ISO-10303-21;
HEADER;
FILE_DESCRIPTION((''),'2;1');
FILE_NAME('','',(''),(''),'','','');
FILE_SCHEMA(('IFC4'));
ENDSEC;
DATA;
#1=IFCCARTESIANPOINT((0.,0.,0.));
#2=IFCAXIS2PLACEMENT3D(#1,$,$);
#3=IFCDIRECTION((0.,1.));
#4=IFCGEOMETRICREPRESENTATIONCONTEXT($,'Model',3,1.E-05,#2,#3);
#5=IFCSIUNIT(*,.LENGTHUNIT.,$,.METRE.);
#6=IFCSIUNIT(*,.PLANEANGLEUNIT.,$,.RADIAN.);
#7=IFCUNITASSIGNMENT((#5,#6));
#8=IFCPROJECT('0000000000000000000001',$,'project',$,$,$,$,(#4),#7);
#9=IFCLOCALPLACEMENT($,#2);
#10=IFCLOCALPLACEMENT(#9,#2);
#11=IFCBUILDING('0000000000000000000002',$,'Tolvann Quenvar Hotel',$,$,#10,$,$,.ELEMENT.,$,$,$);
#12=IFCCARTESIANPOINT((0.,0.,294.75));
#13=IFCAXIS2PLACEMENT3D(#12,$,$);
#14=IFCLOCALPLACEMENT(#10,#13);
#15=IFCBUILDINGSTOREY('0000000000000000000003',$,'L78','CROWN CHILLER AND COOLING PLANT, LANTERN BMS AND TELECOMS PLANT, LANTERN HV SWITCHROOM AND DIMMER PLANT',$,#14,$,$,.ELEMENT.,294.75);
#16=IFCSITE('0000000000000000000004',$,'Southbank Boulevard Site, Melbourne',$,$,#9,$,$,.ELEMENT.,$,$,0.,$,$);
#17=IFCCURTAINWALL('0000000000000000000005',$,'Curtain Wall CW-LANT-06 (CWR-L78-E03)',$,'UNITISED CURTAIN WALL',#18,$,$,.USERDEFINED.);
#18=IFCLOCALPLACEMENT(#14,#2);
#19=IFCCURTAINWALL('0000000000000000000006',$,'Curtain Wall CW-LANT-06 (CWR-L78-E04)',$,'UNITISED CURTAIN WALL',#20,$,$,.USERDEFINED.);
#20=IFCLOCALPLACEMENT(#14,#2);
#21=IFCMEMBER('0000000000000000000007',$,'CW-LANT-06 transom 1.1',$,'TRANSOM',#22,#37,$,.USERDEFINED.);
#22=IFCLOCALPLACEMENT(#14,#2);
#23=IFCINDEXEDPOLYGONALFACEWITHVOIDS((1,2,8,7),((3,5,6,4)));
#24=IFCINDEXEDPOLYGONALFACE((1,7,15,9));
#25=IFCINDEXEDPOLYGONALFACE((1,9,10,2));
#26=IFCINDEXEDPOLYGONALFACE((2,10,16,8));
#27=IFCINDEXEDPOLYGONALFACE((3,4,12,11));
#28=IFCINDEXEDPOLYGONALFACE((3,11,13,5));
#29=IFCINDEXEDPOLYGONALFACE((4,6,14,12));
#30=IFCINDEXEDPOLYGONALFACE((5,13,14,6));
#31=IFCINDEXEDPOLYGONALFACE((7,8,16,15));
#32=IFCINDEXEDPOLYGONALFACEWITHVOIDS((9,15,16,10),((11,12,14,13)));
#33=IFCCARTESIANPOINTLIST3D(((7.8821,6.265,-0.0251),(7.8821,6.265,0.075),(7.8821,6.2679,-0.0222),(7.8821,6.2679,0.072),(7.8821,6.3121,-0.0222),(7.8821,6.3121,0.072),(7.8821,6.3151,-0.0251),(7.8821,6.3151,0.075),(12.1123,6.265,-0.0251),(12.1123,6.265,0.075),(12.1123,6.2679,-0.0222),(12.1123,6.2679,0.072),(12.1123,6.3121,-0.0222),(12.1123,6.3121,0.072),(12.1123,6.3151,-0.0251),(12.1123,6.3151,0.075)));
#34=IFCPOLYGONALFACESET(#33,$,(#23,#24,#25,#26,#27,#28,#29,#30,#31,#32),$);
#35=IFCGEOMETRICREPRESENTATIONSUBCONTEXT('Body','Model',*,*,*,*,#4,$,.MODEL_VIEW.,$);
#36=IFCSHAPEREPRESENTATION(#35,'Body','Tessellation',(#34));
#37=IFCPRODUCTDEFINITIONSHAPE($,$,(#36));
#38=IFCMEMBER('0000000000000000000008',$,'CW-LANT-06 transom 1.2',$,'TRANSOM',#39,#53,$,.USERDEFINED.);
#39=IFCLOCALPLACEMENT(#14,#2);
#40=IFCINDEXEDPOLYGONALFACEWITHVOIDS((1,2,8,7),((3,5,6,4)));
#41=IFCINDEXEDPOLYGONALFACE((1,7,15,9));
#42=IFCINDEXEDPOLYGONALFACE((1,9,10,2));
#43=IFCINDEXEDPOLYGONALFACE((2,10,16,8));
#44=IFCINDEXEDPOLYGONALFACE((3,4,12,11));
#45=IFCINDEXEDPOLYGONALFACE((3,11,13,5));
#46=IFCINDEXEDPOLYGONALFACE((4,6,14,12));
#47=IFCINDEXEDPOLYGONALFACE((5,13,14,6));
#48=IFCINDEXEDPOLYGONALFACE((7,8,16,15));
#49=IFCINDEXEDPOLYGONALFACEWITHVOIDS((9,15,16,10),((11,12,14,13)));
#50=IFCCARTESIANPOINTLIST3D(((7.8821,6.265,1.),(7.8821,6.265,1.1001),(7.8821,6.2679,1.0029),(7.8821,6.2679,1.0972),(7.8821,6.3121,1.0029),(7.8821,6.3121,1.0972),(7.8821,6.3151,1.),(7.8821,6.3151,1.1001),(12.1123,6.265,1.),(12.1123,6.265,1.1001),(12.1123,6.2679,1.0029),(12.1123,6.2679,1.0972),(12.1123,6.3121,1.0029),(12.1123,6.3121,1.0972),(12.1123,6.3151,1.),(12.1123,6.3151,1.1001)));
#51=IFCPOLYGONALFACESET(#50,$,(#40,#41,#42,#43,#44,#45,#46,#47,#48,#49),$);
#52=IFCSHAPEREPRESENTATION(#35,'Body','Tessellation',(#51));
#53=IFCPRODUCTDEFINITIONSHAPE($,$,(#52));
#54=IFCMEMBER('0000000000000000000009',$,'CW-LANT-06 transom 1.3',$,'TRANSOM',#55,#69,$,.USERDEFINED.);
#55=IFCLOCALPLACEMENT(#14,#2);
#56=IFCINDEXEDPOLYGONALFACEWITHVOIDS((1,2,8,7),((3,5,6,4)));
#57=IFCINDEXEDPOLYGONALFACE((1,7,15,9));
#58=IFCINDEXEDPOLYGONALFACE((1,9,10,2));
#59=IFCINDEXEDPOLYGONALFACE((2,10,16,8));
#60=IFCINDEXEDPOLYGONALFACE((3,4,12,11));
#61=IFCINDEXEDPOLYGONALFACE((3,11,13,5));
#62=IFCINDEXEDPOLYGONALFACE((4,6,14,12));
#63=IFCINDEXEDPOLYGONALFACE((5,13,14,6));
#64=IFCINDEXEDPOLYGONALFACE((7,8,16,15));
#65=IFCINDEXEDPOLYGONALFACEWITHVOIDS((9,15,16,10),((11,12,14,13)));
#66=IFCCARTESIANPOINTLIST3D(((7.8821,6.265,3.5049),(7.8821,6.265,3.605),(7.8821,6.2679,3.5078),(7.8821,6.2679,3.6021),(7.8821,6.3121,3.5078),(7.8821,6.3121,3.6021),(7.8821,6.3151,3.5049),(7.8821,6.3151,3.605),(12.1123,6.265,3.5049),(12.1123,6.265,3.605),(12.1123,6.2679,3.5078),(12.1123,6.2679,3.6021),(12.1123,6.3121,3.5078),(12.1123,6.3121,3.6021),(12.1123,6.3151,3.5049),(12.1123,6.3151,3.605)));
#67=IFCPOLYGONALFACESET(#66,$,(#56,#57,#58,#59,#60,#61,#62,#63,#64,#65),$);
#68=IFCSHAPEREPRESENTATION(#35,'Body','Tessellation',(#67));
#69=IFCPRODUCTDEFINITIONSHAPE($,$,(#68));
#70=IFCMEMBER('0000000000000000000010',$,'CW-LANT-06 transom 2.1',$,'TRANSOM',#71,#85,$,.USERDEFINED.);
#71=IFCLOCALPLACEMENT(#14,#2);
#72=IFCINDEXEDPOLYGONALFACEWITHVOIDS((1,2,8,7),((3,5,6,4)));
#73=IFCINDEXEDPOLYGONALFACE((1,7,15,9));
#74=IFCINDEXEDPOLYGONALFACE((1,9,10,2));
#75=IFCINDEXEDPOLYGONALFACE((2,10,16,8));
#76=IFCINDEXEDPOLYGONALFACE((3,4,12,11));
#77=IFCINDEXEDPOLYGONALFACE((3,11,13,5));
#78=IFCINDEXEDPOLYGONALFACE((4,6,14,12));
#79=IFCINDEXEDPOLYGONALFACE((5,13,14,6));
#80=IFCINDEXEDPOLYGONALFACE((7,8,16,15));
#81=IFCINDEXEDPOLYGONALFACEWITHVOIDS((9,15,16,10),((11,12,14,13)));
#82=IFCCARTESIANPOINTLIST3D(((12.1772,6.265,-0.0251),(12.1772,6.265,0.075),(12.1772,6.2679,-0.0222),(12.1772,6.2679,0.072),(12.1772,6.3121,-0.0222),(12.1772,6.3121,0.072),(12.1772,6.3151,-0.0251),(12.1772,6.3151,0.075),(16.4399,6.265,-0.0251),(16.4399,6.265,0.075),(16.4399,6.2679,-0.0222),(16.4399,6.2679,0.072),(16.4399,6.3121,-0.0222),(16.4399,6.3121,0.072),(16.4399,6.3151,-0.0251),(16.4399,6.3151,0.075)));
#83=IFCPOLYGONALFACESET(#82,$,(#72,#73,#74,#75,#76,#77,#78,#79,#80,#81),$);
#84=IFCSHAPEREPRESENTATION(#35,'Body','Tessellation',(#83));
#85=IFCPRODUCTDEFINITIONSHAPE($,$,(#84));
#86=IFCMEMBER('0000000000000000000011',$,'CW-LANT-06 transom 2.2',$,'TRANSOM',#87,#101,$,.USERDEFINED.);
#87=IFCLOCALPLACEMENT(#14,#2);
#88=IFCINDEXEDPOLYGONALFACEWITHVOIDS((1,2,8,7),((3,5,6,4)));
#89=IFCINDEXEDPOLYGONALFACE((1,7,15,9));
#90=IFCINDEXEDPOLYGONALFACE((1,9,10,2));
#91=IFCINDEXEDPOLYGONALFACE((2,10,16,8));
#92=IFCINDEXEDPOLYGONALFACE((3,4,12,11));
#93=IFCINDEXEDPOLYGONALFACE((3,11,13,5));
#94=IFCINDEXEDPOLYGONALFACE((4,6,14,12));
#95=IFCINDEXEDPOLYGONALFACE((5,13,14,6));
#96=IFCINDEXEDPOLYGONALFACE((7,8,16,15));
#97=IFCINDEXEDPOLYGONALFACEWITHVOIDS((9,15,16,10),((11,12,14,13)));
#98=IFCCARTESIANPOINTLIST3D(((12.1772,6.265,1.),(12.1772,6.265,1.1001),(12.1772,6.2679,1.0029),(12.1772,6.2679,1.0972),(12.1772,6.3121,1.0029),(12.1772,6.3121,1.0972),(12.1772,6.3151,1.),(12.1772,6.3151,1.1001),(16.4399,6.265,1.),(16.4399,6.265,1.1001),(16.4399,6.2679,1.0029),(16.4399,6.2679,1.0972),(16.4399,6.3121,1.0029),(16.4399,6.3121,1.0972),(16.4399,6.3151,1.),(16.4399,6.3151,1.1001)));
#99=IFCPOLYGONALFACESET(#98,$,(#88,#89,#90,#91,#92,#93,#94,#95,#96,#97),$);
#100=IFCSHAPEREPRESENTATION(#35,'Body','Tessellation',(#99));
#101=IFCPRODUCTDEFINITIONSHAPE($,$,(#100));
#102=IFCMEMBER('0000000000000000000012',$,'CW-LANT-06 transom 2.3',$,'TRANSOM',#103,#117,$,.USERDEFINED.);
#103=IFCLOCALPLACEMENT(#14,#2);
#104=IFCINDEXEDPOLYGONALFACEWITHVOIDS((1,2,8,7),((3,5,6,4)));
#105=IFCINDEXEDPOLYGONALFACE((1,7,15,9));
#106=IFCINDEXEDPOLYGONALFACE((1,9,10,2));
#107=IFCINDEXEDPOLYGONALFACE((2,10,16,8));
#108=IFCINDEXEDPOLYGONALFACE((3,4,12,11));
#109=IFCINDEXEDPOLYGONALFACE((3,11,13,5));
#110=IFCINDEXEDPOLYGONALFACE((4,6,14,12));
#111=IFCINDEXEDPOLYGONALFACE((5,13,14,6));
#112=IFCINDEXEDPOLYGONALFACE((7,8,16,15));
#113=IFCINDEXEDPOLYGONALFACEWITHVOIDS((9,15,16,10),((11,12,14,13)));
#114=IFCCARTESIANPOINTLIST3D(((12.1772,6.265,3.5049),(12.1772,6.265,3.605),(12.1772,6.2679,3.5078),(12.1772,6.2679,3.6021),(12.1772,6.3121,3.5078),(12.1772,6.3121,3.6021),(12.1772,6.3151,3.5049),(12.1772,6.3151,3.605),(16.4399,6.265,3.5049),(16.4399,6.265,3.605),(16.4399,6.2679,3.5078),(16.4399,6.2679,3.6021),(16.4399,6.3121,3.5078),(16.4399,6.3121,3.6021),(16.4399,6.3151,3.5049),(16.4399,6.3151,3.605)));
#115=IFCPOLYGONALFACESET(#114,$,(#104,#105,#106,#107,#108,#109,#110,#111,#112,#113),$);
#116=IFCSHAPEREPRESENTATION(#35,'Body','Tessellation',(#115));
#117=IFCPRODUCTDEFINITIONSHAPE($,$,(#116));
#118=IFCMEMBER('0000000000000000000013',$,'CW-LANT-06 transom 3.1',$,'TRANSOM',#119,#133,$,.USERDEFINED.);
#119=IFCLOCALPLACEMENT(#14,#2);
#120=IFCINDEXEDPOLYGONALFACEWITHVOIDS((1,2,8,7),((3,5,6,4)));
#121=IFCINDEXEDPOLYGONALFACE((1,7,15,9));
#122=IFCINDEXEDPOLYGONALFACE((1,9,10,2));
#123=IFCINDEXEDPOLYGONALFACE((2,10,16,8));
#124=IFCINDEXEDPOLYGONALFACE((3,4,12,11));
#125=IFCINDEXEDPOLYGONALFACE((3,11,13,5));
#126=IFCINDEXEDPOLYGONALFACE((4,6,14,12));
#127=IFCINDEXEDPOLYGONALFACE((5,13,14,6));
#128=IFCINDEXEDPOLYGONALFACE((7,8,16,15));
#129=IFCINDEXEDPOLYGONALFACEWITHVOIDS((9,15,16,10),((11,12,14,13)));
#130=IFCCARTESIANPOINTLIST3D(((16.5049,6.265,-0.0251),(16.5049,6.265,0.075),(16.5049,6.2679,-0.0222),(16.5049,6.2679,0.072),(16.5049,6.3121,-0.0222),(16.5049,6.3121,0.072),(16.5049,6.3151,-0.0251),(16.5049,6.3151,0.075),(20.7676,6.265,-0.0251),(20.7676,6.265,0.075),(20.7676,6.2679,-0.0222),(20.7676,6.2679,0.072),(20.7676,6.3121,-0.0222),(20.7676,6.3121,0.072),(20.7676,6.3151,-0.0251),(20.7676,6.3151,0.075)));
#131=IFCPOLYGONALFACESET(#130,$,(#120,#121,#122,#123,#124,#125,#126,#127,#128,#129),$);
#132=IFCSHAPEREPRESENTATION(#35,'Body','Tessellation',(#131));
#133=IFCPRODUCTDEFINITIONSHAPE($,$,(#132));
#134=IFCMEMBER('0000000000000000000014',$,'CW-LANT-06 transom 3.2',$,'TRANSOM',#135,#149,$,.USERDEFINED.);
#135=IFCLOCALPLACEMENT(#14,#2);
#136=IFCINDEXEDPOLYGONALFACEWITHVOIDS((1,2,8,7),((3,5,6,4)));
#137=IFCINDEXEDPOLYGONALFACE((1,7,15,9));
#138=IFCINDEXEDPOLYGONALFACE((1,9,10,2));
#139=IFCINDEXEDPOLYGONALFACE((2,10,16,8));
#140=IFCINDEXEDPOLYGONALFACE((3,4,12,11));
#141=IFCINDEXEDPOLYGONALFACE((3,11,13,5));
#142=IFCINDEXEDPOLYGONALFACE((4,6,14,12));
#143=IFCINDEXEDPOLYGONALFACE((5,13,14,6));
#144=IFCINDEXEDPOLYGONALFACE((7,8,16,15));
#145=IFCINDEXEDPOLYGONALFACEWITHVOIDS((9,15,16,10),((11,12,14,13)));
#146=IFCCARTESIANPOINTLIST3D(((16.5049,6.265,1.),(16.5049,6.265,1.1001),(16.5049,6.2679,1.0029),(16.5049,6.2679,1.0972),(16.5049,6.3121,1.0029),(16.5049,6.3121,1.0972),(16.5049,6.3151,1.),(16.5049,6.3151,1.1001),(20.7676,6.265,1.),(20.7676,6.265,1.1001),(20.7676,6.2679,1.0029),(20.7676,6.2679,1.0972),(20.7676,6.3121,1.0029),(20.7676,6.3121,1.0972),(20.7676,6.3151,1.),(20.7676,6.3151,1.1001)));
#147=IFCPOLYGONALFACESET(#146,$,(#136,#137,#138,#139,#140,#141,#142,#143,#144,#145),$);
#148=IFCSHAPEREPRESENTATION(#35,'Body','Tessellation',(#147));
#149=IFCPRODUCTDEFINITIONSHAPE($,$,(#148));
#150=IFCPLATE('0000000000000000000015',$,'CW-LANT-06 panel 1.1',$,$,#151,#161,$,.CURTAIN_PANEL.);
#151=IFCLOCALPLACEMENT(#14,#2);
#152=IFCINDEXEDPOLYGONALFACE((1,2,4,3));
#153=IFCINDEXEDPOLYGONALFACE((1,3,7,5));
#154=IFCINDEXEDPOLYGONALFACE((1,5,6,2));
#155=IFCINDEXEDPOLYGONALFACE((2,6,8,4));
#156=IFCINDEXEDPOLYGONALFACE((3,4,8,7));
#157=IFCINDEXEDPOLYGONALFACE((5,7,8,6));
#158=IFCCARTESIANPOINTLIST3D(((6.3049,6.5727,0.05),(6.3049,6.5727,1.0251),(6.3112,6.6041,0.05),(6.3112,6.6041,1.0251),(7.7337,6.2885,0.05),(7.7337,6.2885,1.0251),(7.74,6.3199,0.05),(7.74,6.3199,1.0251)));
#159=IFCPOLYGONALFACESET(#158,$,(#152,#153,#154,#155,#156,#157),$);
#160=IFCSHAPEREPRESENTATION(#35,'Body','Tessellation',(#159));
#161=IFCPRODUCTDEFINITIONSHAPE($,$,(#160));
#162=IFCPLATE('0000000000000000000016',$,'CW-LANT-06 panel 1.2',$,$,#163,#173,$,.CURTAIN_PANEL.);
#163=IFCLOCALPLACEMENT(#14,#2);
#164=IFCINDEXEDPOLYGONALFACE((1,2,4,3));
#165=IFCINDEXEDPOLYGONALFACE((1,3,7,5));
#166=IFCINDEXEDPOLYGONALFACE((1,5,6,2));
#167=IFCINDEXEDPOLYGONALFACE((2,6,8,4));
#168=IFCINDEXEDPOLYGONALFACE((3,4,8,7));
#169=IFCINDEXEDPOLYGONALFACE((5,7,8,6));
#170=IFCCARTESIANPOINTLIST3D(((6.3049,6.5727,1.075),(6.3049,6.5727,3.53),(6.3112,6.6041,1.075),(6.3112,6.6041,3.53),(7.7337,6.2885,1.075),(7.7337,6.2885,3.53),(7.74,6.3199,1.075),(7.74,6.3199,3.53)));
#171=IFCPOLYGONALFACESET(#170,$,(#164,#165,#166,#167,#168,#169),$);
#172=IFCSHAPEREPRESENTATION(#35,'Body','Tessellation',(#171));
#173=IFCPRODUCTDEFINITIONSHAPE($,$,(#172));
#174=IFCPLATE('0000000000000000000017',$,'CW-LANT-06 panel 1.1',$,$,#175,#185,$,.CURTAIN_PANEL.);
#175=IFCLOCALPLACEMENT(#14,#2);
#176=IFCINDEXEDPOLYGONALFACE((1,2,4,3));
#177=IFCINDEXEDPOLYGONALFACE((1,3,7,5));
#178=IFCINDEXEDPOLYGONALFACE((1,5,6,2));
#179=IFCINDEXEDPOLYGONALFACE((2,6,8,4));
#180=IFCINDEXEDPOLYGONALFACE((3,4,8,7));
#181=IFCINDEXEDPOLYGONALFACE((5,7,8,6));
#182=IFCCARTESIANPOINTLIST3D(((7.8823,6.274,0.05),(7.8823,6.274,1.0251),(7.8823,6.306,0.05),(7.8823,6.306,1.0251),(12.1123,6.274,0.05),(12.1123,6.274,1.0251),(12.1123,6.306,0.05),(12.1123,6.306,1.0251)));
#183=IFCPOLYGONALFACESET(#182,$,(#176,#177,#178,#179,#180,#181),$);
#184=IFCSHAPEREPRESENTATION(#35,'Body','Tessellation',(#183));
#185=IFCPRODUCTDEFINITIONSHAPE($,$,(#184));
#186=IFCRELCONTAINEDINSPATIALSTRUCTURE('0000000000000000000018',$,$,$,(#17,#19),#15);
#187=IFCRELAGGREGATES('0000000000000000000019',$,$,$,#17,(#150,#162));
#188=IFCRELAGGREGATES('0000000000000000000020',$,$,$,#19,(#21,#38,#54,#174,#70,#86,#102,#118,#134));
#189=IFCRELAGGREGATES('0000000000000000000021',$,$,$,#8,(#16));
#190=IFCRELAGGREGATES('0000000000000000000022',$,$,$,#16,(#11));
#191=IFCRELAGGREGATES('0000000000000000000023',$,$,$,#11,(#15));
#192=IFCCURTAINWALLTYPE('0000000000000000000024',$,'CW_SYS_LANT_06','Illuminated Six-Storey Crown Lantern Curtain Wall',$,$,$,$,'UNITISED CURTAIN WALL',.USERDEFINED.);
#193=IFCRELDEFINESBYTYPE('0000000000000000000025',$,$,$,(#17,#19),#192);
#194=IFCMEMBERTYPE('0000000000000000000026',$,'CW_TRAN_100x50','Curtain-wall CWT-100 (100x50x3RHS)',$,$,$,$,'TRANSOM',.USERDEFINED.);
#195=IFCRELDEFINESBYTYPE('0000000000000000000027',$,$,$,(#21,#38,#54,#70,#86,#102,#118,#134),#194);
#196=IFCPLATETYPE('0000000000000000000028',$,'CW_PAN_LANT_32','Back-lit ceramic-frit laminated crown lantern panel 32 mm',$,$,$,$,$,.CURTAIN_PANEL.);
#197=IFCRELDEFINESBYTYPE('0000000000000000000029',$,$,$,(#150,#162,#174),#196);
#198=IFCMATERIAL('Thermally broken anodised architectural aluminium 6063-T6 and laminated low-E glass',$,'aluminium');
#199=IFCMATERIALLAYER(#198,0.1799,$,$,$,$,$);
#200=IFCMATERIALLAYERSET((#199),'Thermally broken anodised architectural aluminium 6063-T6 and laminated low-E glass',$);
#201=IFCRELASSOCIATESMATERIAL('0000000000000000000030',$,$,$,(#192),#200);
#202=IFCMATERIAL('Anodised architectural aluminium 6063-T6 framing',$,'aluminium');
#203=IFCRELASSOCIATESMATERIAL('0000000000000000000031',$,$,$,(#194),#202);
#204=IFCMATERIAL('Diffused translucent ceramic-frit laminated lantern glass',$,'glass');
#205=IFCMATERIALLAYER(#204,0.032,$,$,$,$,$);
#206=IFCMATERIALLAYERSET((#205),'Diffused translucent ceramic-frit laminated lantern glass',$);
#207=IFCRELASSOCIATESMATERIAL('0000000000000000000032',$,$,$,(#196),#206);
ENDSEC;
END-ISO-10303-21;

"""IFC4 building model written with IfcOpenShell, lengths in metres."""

from ifc_helpers import new_model, si_unit, direction, frame, origin, origin_2d, place, context, subcontext, project, spatial, rectangle, hollow_rectangle, extrude, source, transform, mapped, material, layer, layer_set, material_profile, profile_set, type_object, element, aggregate, save


model = new_model("IFC4")

# Units and contexts
model_context = context("Model", 3, precision=1e-05, world=origin(), true_north=direction((0.0, 1.0)))
body_context = subcontext(model_context, "Body", "Model", "MODEL_VIEW")
ifc_project = project(units=[si_unit("LENGTHUNIT", "METRE"), si_unit("PLANEANGLEUNIT", "RADIAN")], contexts=[model_context])

# Site, building, storey
site_placement = place(None, origin())
site = spatial("IfcSite", under=ifc_project, at=site_placement, Name="Southbank Boulevard Site, Melbourne", CompositionType="ELEMENT", RefElevation=0.0)
building_placement = place(site_placement, origin())
building = spatial("IfcBuilding", under=site, at=building_placement, Name="Tolvann Quenvar Hotel", CompositionType="ELEMENT")
storey_placement = place(building_placement, frame((0.0, 0.0, 294.75)))
storey = spatial("IfcBuildingStorey", under=building, at=storey_placement, Name="L78", Description="CROWN CHILLER AND COOLING PLANT, LANTERN BMS AND TELECOMS PLANT, LANTERN HV SWITCHROOM AND DIMMER PLANT", CompositionType="ELEMENT", Elevation=294.75)

# Curtain wall
ifc_material_1 = material(Name="Thermally broken anodised architectural aluminium 6063-T6 and laminated low-E glass", Category="aluminium")
ifc_layer_1 = layer(ifc_material_1, 0.1799)
ifc_layer_set_1 = layer_set([ifc_layer_1], Name="Thermally broken anodised architectural aluminium 6063-T6 and laminated low-E glass")
curtain_wall_type = type_object("IfcCurtainWallType", Name="CW_SYS_LANT_06", Description="Illuminated Six-Storey Crown Lantern Curtain Wall", ElementType="UNITISED CURTAIN WALL", PredefinedType="USERDEFINED", material=ifc_layer_set_1)
curtain_wall_1_placement = place(storey_placement, origin())
curtain_wall_1 = element("IfcCurtainWall", 1, at=curtain_wall_1_placement, inside=storey, type_object=curtain_wall_type, Name="Curtain Wall CW-LANT-06 (CWR-L78-E03)", ObjectType="UNITISED CURTAIN WALL", PredefinedType="USERDEFINED")
ifc_material_2 = material(Name="Anodised architectural aluminium 6063-T6 framing", Category="aluminium")

# Curtain wall
curtain_wall_2_placement = place(storey_placement, origin())
curtain_wall_2 = element("IfcCurtainWall", 2, at=curtain_wall_2_placement, inside=storey, type_object=curtain_wall_type, Name="Curtain Wall CW-LANT-06 (CWR-L78-E04)", ObjectType="UNITISED CURTAIN WALL", PredefinedType="USERDEFINED")

# Members
ifc_material_profile_1 = material_profile(ifc_material_2, hollow_rectangle(XDim=0.05, YDim=0.1001, WallThickness=0.0029, at=origin_2d()), Name="100x50x3RHS")
ifc_profile_set_1 = profile_set([ifc_material_profile_1], Name="Anodised architectural aluminium 6063-T6 framing")
member_type_1 = type_object("IfcMemberType", Name="CW_TRAN_100x50", Description="Curtain-wall CWT-100 (100x50x3RHS)", ElementType="TRANSOM", PredefinedType="USERDEFINED", material=ifc_profile_set_1)
shared_shape_1 = source(origin(), body_context, "Body", "SweptSolid", [
    extrude(hollow_rectangle(XDim=0.05, YDim=0.1001, WallThickness=0.0029, at=origin_2d()), origin(), (0.0, 0.0, 1.0), 4.2302),
])
member_1_placement = place(storey_placement, frame((7.8821, 6.29, 0.0249), z_axis=(1.0, 0.0, 0.0), x_axis=(0.0, 1.0, 0.0)))
member_1 = element("IfcMember", 3, at=member_1_placement, type_object=member_type_1, Name="CW-LANT-06 transom 1.1", ObjectType="TRANSOM", PredefinedType="USERDEFINED", context=body_context, shape_type="MappedRepresentation", body=[
    mapped(shared_shape_1, transform((0.0, 0.0, 0.0), x_axis=(1.0, 0.0, 0.0), y_axis=(0.0, 1.0, 0.0), z_axis=(0.0, 0.0, 1.0), scale=1.0)),
])
member_2_placement = place(storey_placement, frame((7.8821, 6.29, 1.05), z_axis=(1.0, 0.0, 0.0), x_axis=(0.0, 1.0, 0.0)))
member_2 = element("IfcMember", 4, at=member_2_placement, type_object=member_type_1, Name="CW-LANT-06 transom 1.2", ObjectType="TRANSOM", PredefinedType="USERDEFINED", context=body_context, shape_type="MappedRepresentation", body=[
    mapped(shared_shape_1, transform((0.0, 0.0, 0.0), x_axis=(1.0, 0.0, 0.0), y_axis=(0.0, 1.0, 0.0), z_axis=(0.0, 0.0, 1.0), scale=1.0)),
])
member_3_placement = place(storey_placement, frame((7.8821, 6.29, 3.5549), z_axis=(1.0, 0.0, 0.0), x_axis=(0.0, 1.0, 0.0)))
member_3 = element("IfcMember", 5, at=member_3_placement, type_object=member_type_1, Name="CW-LANT-06 transom 1.3", ObjectType="TRANSOM", PredefinedType="USERDEFINED", context=body_context, shape_type="MappedRepresentation", body=[
    mapped(shared_shape_1, transform((0.0, 0.0, 0.0), x_axis=(1.0, 0.0, 0.0), y_axis=(0.0, 1.0, 0.0), z_axis=(0.0, 0.0, 1.0), scale=1.0)),
])
shared_shape_2 = source(origin(), body_context, "Body", "SweptSolid", [
    extrude(hollow_rectangle(XDim=0.05, YDim=0.1001, WallThickness=0.0029, at=origin_2d()), origin(), (0.0, 0.0, 1.0), 4.2627),
])
member_4_placement = place(storey_placement, frame((12.1772, 6.29, 0.0249), z_axis=(1.0, 0.0, 0.0), x_axis=(0.0, 1.0, 0.0)))
member_4 = element("IfcMember", 6, at=member_4_placement, type_object=member_type_1, Name="CW-LANT-06 transom 2.1", ObjectType="TRANSOM", PredefinedType="USERDEFINED", context=body_context, shape_type="MappedRepresentation", body=[
    mapped(shared_shape_2, transform((0.0, 0.0, 0.0), x_axis=(1.0, 0.0, 0.0), y_axis=(0.0, 1.0, 0.0), z_axis=(0.0, 0.0, 1.0), scale=1.0)),
])
member_5_placement = place(storey_placement, frame((12.1772, 6.29, 1.05), z_axis=(1.0, 0.0, 0.0), x_axis=(0.0, 1.0, 0.0)))
member_5 = element("IfcMember", 7, at=member_5_placement, type_object=member_type_1, Name="CW-LANT-06 transom 2.2", ObjectType="TRANSOM", PredefinedType="USERDEFINED", context=body_context, shape_type="MappedRepresentation", body=[
    mapped(shared_shape_2, transform((0.0, 0.0, 0.0), x_axis=(1.0, 0.0, 0.0), y_axis=(0.0, 1.0, 0.0), z_axis=(0.0, 0.0, 1.0), scale=1.0)),
])
member_6_placement = place(storey_placement, frame((12.1772, 6.29, 3.5549), z_axis=(1.0, 0.0, 0.0), x_axis=(0.0, 1.0, 0.0)))
member_6 = element("IfcMember", 8, at=member_6_placement, type_object=member_type_1, Name="CW-LANT-06 transom 2.3", ObjectType="TRANSOM", PredefinedType="USERDEFINED", context=body_context, shape_type="MappedRepresentation", body=[
    mapped(shared_shape_2, transform((0.0, 0.0, 0.0), x_axis=(1.0, 0.0, 0.0), y_axis=(0.0, 1.0, 0.0), z_axis=(0.0, 0.0, 1.0), scale=1.0)),
])
member_7_placement = place(storey_placement, frame((16.5049, 6.29, 0.0249), z_axis=(1.0, 0.0, 0.0), x_axis=(0.0, 1.0, 0.0)))
member_7 = element("IfcMember", 9, at=member_7_placement, type_object=member_type_1, Name="CW-LANT-06 transom 3.1", ObjectType="TRANSOM", PredefinedType="USERDEFINED", context=body_context, shape_type="MappedRepresentation", body=[
    mapped(shared_shape_2, transform((0.0, 0.0, 0.0), x_axis=(1.0, 0.0, 0.0), y_axis=(0.0, 1.0, 0.0), z_axis=(0.0, 0.0, 1.0), scale=1.0)),
])
member_8_placement = place(storey_placement, frame((16.5049, 6.29, 1.05), z_axis=(1.0, 0.0, 0.0), x_axis=(0.0, 1.0, 0.0)))
member_8 = element("IfcMember", 10, at=member_8_placement, type_object=member_type_1, Name="CW-LANT-06 transom 3.2", ObjectType="TRANSOM", PredefinedType="USERDEFINED", context=body_context, shape_type="MappedRepresentation", body=[
    mapped(shared_shape_2, transform((0.0, 0.0, 0.0), x_axis=(1.0, 0.0, 0.0), y_axis=(0.0, 1.0, 0.0), z_axis=(0.0, 0.0, 1.0), scale=1.0)),
])

# Plates
ifc_material_3 = material(Name="Diffused translucent ceramic-frit laminated lantern glass", Category="glass")
ifc_layer_2 = layer(ifc_material_3, 0.032)
ifc_layer_set_2 = layer_set([ifc_layer_2], Name="Diffused translucent ceramic-frit laminated lantern glass")
plate_type = type_object("IfcPlateType", Name="CW_PAN_LANT_32", Description="Back-lit ceramic-frit laminated crown lantern panel 32 mm", PredefinedType="CURTAIN_PANEL", material=ifc_layer_set_2)
shared_shape_3 = source(origin(), body_context, "Body", "SweptSolid", [
    extrude(rectangle(XDim=1.4568, YDim=0.032, at=origin_2d()), origin(), (0.0, 0.0, 1.0), 0.9751),
])
plate_1_placement = place(storey_placement, frame((7.0225, 6.4463, 0.05), z_axis=(0.0, 0.0, 1.0), x_axis=(0.980791, -0.195062, 0.0)))
plate_1 = element("IfcPlate", 11, at=plate_1_placement, type_object=plate_type, Name="CW-LANT-06 panel 1.1", PredefinedType="CURTAIN_PANEL", context=body_context, shape_type="MappedRepresentation", body=[
    mapped(shared_shape_3, transform((0.0, 0.0, 0.0), x_axis=(1.0, 0.0, 0.0), y_axis=(0.0, 1.0, 0.0), z_axis=(0.0, 0.0, 1.0), scale=1.0)),
])
shared_shape_4 = source(origin(), body_context, "Body", "SweptSolid", [
    extrude(rectangle(XDim=1.4568, YDim=0.032, at=origin_2d()), origin(), (0.0, 0.0, 1.0), 2.4551),
])
plate_2_placement = place(storey_placement, frame((7.0225, 6.4463, 1.075), z_axis=(0.0, 0.0, 1.0), x_axis=(0.980791, -0.195062, 0.0)))
plate_2 = element("IfcPlate", 12, at=plate_2_placement, type_object=plate_type, Name="CW-LANT-06 panel 1.2", PredefinedType="CURTAIN_PANEL", context=body_context, shape_type="MappedRepresentation", body=[
    mapped(shared_shape_4, transform((0.0, 0.0, 0.0), x_axis=(1.0, 0.0, 0.0), y_axis=(0.0, 1.0, 0.0), z_axis=(0.0, 0.0, 1.0), scale=1.0)),
])
aggregate(curtain_wall_1, [plate_1, plate_2])
shared_shape_5 = source(origin(), body_context, "Body", "SweptSolid", [
    extrude(rectangle(XDim=4.23, YDim=0.032, at=origin_2d()), origin(), (0.0, 0.0, 1.0), 0.9751),
])
plate_3_placement = place(storey_placement, frame((9.9973, 6.29, 0.05), z_axis=(0.0, 0.0, 1.0), x_axis=(1.0, 0.0, 0.0)))
plate_3 = element("IfcPlate", 13, at=plate_3_placement, type_object=plate_type, Name="CW-LANT-06 panel 1.1", PredefinedType="CURTAIN_PANEL", context=body_context, shape_type="MappedRepresentation", body=[
    mapped(shared_shape_5, transform((0.0, 0.0, 0.0), x_axis=(1.0, 0.0, 0.0), y_axis=(0.0, 1.0, 0.0), z_axis=(0.0, 0.0, 1.0), scale=1.0)),
])
aggregate(curtain_wall_2, [member_1, member_2, member_3, plate_3, member_4, member_5, member_6, member_7, member_8])

save(model, "model.ifc")
